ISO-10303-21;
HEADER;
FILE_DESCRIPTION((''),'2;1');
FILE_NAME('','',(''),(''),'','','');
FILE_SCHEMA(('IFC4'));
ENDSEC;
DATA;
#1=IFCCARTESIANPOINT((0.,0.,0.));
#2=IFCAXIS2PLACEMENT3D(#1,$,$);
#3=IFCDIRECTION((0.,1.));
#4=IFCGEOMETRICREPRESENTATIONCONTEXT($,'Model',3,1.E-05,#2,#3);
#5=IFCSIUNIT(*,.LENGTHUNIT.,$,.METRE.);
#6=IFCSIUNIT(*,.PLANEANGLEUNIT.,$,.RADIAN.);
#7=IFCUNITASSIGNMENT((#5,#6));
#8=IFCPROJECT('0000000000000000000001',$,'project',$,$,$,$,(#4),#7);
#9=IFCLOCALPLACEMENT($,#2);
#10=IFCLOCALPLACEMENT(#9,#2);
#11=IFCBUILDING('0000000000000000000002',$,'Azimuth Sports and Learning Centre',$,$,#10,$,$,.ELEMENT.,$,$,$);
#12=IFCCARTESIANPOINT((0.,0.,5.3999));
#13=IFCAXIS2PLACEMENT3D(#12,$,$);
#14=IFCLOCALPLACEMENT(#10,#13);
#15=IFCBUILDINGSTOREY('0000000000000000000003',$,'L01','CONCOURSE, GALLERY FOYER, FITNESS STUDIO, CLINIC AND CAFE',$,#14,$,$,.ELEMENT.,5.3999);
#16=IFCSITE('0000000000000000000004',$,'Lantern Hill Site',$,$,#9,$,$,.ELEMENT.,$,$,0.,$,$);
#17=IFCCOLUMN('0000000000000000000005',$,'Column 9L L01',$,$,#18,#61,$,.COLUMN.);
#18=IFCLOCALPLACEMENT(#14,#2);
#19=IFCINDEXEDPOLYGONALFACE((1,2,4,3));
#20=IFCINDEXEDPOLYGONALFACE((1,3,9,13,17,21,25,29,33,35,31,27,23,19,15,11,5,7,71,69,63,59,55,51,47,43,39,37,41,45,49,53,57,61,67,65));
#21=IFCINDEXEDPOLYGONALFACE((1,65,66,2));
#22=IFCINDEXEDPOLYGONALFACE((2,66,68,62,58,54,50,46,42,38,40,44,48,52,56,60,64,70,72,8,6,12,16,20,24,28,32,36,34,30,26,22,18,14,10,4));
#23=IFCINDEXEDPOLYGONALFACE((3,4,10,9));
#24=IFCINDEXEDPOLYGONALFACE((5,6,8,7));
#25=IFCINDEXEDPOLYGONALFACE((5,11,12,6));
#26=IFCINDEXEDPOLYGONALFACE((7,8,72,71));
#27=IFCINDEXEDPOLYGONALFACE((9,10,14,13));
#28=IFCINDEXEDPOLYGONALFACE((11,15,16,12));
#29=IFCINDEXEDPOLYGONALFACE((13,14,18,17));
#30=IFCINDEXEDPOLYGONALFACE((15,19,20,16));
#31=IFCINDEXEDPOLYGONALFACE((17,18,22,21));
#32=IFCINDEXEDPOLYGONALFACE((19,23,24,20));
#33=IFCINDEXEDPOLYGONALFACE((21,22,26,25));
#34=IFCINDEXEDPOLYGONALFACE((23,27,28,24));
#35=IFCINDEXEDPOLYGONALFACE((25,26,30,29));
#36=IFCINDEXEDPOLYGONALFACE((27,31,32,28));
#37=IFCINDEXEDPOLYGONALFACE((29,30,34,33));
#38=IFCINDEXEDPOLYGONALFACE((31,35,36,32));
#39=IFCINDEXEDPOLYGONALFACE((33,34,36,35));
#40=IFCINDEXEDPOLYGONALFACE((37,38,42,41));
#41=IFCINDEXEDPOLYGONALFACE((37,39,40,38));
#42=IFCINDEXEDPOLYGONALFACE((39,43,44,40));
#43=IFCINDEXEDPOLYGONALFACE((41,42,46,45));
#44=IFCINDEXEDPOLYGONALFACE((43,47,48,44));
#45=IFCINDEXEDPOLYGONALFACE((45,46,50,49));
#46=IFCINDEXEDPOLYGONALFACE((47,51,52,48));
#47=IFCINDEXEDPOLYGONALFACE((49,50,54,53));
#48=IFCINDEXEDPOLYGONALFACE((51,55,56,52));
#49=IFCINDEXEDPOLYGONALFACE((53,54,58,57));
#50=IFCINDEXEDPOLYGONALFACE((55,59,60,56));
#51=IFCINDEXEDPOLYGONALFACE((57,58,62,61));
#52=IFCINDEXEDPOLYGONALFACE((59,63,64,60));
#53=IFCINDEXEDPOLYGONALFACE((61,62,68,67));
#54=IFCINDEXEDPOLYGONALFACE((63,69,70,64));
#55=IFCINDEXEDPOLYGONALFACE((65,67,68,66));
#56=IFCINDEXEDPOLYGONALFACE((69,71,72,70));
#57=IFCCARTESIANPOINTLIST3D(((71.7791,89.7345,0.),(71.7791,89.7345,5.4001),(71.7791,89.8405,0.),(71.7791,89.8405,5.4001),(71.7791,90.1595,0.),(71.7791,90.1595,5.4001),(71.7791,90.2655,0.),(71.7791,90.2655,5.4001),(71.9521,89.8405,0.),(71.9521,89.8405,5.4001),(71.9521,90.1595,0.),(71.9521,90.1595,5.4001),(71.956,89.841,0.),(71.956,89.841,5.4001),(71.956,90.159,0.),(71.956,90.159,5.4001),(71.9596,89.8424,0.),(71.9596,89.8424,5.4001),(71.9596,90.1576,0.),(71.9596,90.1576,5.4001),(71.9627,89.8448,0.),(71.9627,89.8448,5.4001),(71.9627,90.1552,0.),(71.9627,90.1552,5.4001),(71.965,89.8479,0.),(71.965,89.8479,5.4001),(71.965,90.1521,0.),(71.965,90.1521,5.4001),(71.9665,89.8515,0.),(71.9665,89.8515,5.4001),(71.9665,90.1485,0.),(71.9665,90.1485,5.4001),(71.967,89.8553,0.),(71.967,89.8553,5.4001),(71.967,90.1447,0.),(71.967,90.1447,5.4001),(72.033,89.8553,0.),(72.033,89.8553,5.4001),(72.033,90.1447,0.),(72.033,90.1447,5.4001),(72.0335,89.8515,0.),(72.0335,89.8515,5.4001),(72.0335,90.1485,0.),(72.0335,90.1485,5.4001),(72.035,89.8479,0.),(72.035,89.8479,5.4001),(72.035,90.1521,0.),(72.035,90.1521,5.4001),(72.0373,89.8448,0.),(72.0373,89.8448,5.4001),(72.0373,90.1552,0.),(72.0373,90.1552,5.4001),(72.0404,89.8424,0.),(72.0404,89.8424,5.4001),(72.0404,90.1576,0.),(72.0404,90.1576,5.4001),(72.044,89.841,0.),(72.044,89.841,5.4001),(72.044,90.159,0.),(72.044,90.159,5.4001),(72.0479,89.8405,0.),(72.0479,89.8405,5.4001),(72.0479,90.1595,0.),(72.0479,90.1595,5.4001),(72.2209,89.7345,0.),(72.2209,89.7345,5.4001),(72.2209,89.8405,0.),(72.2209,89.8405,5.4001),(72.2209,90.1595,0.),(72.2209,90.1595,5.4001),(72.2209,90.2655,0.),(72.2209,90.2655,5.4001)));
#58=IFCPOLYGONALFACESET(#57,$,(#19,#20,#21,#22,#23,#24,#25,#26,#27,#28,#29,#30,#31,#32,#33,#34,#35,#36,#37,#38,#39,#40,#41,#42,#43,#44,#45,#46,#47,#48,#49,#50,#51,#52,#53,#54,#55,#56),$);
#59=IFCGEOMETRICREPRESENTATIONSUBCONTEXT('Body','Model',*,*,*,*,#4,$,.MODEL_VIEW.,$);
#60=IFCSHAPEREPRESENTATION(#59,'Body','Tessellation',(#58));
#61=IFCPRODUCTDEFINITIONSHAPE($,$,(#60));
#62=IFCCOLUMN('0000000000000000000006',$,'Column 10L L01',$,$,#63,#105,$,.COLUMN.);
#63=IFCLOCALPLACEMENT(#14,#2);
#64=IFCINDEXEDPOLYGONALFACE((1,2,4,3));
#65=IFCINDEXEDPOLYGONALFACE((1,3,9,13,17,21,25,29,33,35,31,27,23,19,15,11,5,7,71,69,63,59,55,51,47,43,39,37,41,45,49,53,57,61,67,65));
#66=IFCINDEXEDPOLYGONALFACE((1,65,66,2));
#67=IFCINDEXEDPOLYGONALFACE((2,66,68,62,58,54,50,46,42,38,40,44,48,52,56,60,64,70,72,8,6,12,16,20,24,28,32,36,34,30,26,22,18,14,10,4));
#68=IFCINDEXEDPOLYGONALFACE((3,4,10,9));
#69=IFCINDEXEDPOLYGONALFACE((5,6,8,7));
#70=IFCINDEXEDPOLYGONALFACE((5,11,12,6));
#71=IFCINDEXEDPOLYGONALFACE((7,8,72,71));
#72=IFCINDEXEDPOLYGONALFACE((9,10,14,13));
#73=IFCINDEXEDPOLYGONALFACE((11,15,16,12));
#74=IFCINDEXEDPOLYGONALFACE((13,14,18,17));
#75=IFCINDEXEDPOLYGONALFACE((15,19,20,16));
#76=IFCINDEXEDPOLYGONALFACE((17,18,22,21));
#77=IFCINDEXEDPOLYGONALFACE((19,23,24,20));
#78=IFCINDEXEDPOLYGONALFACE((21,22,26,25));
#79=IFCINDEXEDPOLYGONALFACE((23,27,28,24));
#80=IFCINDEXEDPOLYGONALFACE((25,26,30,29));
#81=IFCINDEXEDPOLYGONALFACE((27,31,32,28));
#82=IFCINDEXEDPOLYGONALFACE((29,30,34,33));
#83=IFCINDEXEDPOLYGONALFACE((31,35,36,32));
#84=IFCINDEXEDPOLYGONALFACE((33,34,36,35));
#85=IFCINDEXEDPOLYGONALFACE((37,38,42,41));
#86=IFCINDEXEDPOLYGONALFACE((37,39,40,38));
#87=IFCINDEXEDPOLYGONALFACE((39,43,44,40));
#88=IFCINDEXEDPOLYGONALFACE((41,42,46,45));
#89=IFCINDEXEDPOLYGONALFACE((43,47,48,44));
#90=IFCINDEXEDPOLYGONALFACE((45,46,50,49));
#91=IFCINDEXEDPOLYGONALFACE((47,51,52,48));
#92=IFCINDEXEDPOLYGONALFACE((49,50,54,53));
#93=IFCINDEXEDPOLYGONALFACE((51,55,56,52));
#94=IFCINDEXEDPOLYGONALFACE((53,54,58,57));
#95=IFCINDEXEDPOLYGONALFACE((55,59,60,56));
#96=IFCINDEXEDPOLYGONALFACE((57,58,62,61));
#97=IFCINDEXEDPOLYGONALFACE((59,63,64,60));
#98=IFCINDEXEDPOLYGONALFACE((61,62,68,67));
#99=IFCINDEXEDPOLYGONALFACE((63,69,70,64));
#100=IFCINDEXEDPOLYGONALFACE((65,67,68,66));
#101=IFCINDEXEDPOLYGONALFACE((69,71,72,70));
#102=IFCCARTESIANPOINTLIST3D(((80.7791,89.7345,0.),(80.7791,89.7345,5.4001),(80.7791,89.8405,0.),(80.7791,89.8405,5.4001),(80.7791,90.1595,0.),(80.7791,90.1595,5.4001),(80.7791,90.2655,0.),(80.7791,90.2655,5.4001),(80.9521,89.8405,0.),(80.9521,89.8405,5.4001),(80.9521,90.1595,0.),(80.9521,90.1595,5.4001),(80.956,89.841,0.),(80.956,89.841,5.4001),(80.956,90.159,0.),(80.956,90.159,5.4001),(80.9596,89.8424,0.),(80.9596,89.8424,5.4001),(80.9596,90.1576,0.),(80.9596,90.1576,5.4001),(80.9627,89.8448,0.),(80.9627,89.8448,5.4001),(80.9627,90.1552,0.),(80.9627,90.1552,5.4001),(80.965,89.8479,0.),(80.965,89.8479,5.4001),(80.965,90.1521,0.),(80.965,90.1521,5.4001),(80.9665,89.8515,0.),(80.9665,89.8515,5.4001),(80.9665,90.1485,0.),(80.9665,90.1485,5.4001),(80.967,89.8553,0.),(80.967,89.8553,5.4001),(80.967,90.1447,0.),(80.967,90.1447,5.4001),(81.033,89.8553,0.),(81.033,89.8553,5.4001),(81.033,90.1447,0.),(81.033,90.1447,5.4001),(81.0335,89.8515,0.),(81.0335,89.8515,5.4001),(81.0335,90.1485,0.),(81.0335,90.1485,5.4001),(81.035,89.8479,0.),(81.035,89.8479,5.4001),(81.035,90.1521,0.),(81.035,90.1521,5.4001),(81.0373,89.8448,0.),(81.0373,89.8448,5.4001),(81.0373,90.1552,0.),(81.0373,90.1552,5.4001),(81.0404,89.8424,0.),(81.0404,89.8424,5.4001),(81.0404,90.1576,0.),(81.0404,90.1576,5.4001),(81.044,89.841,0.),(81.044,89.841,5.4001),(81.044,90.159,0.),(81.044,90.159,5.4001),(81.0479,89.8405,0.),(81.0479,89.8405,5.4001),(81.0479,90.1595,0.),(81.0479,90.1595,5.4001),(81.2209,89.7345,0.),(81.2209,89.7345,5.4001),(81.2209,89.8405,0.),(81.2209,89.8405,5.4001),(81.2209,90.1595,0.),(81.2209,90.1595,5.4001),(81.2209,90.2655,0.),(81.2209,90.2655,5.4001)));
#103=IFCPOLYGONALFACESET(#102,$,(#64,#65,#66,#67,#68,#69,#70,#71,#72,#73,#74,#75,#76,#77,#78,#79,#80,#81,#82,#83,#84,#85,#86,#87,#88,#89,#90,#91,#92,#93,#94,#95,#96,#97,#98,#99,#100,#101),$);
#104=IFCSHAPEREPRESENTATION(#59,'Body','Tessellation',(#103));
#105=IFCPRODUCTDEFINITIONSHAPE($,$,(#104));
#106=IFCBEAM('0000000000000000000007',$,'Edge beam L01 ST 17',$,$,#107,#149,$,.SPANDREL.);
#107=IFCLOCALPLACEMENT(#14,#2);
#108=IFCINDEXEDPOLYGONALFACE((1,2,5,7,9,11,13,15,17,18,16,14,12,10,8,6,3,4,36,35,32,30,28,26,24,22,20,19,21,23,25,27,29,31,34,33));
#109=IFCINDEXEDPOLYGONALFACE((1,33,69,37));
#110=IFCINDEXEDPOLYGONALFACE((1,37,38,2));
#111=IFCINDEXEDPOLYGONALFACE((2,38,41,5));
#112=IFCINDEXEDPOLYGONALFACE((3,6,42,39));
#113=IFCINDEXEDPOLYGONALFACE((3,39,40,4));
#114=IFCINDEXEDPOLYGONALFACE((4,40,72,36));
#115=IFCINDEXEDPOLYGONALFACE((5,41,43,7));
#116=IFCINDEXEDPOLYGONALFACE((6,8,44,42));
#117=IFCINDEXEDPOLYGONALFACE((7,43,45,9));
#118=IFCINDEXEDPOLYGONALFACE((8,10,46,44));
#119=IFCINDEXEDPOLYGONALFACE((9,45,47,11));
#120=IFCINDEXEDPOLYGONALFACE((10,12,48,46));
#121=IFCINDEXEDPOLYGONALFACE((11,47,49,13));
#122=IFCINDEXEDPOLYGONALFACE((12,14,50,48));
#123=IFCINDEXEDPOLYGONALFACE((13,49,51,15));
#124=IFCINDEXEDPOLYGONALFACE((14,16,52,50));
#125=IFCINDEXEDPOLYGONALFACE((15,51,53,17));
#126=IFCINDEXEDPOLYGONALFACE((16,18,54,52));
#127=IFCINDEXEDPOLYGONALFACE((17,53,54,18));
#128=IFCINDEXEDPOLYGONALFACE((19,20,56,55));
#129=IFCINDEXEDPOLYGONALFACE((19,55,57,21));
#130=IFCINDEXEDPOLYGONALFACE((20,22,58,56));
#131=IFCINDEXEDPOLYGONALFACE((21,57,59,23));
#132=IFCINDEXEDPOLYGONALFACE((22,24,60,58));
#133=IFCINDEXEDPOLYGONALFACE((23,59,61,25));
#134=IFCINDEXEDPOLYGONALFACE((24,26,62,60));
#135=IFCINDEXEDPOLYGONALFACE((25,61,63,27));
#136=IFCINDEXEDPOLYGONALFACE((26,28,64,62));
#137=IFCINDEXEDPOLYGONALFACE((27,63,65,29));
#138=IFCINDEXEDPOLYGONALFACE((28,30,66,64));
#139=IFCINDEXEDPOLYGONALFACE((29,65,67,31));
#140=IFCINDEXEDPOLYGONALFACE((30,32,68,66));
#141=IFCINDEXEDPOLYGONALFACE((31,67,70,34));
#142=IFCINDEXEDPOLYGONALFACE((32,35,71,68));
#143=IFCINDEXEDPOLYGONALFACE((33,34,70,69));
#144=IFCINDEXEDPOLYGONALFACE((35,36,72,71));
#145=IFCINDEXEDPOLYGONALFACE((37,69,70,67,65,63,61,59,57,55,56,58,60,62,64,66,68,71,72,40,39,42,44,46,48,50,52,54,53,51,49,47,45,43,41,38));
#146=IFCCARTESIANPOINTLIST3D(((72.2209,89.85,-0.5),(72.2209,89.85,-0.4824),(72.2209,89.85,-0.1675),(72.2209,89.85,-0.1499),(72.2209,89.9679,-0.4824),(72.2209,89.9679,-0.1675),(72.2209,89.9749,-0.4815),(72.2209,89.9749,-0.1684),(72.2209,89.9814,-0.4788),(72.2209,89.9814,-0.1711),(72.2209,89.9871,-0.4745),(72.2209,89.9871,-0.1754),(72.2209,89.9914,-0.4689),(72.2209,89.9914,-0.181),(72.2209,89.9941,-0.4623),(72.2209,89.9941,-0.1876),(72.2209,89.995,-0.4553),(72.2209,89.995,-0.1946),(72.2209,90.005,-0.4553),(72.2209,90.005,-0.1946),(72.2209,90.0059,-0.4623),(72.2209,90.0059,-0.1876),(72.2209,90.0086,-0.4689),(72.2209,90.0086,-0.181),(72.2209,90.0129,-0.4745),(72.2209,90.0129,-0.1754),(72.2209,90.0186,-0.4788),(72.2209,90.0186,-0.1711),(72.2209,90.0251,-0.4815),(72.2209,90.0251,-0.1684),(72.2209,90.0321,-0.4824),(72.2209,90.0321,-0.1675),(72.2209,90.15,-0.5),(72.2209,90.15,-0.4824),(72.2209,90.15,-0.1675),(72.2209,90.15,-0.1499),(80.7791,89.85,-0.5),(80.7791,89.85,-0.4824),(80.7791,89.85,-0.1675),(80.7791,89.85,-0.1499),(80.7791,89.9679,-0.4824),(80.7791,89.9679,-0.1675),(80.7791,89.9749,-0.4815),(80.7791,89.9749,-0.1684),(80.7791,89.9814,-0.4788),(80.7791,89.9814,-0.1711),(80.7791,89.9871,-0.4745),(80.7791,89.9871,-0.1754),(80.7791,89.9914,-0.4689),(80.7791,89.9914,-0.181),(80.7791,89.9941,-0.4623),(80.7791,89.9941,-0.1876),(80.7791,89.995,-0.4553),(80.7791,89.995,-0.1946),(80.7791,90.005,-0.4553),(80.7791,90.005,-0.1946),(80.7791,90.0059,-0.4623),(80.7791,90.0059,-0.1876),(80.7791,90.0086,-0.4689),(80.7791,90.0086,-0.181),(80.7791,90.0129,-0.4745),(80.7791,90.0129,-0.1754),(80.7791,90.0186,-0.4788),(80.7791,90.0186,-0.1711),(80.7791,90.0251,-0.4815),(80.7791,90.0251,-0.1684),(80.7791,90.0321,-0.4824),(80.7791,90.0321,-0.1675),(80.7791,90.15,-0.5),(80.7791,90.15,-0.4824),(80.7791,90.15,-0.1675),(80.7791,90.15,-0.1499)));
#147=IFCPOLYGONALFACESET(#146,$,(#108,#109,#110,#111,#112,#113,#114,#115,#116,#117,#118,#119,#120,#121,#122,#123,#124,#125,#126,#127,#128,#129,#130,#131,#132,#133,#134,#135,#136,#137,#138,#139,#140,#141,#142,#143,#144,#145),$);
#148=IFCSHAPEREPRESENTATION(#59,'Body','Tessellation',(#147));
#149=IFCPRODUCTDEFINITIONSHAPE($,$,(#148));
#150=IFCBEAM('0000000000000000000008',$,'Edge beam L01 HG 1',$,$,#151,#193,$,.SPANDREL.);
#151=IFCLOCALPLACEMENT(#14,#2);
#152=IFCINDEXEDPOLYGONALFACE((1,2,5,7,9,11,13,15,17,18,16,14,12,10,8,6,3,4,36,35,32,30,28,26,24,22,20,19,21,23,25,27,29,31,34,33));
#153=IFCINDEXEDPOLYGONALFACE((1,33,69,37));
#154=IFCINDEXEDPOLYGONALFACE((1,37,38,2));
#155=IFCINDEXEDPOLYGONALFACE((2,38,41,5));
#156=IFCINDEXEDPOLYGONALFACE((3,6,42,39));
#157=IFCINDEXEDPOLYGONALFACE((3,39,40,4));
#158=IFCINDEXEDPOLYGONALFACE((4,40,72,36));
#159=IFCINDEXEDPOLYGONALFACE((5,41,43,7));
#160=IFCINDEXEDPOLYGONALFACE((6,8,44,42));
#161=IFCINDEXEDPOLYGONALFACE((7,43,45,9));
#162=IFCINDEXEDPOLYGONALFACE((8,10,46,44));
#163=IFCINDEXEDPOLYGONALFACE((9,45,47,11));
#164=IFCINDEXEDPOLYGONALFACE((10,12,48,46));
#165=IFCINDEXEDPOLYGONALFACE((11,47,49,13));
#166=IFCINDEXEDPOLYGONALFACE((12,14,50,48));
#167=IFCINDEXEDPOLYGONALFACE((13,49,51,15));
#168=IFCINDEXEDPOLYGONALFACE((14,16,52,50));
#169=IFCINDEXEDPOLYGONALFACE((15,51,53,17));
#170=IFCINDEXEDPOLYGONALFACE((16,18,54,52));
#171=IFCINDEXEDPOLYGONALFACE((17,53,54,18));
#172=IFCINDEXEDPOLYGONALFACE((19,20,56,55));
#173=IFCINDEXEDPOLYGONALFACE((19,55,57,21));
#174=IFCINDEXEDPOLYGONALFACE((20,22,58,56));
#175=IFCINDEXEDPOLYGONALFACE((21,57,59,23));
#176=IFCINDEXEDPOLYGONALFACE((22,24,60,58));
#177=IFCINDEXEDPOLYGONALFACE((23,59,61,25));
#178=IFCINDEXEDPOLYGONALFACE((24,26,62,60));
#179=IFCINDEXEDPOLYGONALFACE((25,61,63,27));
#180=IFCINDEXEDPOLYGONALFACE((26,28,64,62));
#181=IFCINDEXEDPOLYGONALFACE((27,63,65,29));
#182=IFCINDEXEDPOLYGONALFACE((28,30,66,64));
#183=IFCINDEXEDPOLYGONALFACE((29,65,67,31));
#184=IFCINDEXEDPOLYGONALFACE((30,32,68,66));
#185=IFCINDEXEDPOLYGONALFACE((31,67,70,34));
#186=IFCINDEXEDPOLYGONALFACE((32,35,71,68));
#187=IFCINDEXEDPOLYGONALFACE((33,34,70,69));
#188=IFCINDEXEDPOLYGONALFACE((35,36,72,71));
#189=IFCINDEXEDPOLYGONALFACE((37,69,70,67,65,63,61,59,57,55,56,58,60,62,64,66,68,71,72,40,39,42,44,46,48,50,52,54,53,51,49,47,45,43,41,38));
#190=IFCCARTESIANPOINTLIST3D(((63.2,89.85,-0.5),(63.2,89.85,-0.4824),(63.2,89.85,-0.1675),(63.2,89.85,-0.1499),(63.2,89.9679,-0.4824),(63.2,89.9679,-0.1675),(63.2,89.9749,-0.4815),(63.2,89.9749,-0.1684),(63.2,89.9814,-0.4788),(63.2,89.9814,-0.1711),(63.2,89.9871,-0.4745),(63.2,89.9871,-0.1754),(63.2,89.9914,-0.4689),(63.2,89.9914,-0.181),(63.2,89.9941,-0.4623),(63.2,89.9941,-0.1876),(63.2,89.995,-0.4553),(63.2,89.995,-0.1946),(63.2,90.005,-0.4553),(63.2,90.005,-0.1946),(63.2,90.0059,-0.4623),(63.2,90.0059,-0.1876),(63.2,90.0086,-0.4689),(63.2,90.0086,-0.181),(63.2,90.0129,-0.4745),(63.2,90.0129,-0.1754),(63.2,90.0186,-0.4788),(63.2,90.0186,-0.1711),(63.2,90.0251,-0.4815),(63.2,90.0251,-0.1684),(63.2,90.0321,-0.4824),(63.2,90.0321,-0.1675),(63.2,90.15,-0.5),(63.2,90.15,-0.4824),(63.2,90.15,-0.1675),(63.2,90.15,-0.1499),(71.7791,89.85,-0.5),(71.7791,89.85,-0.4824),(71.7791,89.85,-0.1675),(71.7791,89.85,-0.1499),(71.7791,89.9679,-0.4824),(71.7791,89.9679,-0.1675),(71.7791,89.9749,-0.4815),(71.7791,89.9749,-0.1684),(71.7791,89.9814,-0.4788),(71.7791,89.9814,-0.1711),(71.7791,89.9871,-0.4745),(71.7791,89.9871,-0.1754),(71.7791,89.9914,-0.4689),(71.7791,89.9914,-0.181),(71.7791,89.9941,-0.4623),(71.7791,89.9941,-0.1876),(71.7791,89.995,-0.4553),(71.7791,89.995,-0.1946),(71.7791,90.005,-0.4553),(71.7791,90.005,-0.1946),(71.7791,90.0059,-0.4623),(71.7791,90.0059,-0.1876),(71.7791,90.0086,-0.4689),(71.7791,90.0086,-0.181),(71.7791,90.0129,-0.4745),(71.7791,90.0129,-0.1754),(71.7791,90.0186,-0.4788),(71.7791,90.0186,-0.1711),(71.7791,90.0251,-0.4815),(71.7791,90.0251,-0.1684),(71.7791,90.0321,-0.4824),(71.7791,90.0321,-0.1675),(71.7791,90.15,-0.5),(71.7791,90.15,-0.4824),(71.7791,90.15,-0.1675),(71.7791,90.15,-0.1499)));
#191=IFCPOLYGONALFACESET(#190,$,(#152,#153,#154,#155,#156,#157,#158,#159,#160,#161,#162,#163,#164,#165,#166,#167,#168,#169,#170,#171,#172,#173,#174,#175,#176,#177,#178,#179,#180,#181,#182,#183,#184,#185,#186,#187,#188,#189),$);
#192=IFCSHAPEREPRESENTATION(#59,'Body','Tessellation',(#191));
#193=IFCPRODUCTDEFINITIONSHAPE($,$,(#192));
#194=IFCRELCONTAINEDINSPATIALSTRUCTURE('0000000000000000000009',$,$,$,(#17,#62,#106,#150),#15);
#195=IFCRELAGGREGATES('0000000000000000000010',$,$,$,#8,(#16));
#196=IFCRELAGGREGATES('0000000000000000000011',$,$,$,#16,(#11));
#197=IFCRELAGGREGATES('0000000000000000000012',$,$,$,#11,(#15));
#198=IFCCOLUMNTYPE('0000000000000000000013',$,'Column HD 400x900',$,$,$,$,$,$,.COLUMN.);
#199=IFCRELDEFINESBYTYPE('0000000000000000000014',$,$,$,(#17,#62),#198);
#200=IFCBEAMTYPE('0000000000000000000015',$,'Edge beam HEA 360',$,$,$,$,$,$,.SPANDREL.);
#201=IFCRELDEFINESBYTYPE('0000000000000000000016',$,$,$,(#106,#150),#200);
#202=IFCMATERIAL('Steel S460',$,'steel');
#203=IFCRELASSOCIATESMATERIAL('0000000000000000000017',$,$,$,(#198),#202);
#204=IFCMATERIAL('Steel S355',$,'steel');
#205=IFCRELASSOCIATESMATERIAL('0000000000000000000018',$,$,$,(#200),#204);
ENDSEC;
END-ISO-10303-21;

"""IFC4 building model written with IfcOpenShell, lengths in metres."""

from ifc_helpers import new_model, si_unit, direction, frame, origin, origin_2d, place, context, subcontext, project, spatial, i_section, extrude, material, material_profile, profile_set, type_object, element, save


model = new_model("IFC4")

# Units and contexts
model_context = context("Model", 3, precision=1e-05, world=origin(), true_north=direction((0.0, 1.0)))
body_context = subcontext(model_context, "Body", "Model", "MODEL_VIEW")
ifc_project = project(units=[si_unit("LENGTHUNIT", "METRE"), si_unit("PLANEANGLEUNIT", "RADIAN")], contexts=[model_context])

# Site, building, storey
site_placement = place(None, origin())
site = spatial("IfcSite", under=ifc_project, at=site_placement, Name="Lantern Hill Site", CompositionType="ELEMENT", RefElevation=0.0)
building_placement = place(site_placement, origin())
building = spatial("IfcBuilding", under=site, at=building_placement, Name="Azimuth Sports and Learning Centre", CompositionType="ELEMENT")
storey_placement = place(building_placement, frame((0.0, 0.0, 5.3999)))
storey = spatial("IfcBuildingStorey", under=building, at=storey_placement, Name="L01", Description="CONCOURSE, GALLERY FOYER, FITNESS STUDIO, CLINIC AND CAFE", CompositionType="ELEMENT", Elevation=5.3999)

# Columns
ifc_material_1 = material(Name="Steel S460", Category="steel")
ifc_material_profile_1 = material_profile(ifc_material_1, i_section(OverallWidth=0.4419, OverallDepth=0.531, WebThickness=0.0659, FlangeThickness=0.106, FilletRadius=0.0149, at=origin_2d()), Name="HD 400x900")
ifc_profile_set_1 = profile_set([ifc_material_profile_1], Name="Steel S460")
column_type = type_object("IfcColumnType", Name="Column HD 400x900", PredefinedType="COLUMN", material=ifc_profile_set_1)
for number, where, z_axis, x_axis, name in (
    (1, (72.0, 90.0, 0.0), (0.0, 0.0, 1.0), (1.0, 0.0, 0.0), "Column 9L L01"),
    (2, (81.0, 90.0, 0.0), (0.0, 0.0, 1.0), (1.0, 0.0, 0.0), "Column 10L L01"),
):
    element("IfcColumn", number, at=place(storey_placement, frame(where, z_axis=z_axis, x_axis=x_axis)), inside=storey, type_object=column_type, Name=name, PredefinedType="COLUMN", context=body_context, shape_type="SweptSolid", body=[
        extrude(i_section(OverallWidth=0.4419, OverallDepth=0.531, WebThickness=0.0659, FlangeThickness=0.106, FilletRadius=0.0149, at=origin_2d()), origin(), (0.0, 0.0, 1.0), 5.4001),
    ])

# Beams
ifc_material_2 = material(Name="Steel S355", Category="steel")
ifc_material_profile_2 = material_profile(ifc_material_2, i_section(OverallWidth=0.3, OverallDepth=0.3501, WebThickness=0.01, FlangeThickness=0.0176, FilletRadius=0.0271, at=origin_2d()), Name="HEA 360")
ifc_profile_set_2 = profile_set([ifc_material_profile_2], Name="Steel S355")
beam_type_1 = type_object("IfcBeamType", Name="Edge beam HEA 360", PredefinedType="SPANDREL", material=ifc_profile_set_2)
beam_1_placement = place(storey_placement, frame((72.2209, 90.0, -0.325), z_axis=(1.0, 0.0, 0.0), x_axis=(0.0, 1.0, 0.0)))
element("IfcBeam", 3, at=beam_1_placement, inside=storey, type_object=beam_type_1, Name="Edge beam L01 ST 17", PredefinedType="SPANDREL", context=body_context, shape_type="SweptSolid", body=[
    extrude(i_section(OverallWidth=0.3, OverallDepth=0.3501, WebThickness=0.01, FlangeThickness=0.0176, FilletRadius=0.0271, at=origin_2d()), origin(), (0.0, 0.0, 1.0), 8.5581),
])
beam_2_placement = place(storey_placement, frame((63.2, 90.0, -0.325), z_axis=(1.0, 0.0, 0.0), x_axis=(0.0, 1.0, 0.0)))
element("IfcBeam", 4, at=beam_2_placement, inside=storey, type_object=beam_type_1, Name="Edge beam L01 HG 1", PredefinedType="SPANDREL", context=body_context, shape_type="SweptSolid", body=[
    extrude(i_section(OverallWidth=0.3, OverallDepth=0.3501, WebThickness=0.01, FlangeThickness=0.0176, FilletRadius=0.0271, at=origin_2d()), origin(), (0.0, 0.0, 1.0), 8.5791),
])

save(model, "model.ifc")
